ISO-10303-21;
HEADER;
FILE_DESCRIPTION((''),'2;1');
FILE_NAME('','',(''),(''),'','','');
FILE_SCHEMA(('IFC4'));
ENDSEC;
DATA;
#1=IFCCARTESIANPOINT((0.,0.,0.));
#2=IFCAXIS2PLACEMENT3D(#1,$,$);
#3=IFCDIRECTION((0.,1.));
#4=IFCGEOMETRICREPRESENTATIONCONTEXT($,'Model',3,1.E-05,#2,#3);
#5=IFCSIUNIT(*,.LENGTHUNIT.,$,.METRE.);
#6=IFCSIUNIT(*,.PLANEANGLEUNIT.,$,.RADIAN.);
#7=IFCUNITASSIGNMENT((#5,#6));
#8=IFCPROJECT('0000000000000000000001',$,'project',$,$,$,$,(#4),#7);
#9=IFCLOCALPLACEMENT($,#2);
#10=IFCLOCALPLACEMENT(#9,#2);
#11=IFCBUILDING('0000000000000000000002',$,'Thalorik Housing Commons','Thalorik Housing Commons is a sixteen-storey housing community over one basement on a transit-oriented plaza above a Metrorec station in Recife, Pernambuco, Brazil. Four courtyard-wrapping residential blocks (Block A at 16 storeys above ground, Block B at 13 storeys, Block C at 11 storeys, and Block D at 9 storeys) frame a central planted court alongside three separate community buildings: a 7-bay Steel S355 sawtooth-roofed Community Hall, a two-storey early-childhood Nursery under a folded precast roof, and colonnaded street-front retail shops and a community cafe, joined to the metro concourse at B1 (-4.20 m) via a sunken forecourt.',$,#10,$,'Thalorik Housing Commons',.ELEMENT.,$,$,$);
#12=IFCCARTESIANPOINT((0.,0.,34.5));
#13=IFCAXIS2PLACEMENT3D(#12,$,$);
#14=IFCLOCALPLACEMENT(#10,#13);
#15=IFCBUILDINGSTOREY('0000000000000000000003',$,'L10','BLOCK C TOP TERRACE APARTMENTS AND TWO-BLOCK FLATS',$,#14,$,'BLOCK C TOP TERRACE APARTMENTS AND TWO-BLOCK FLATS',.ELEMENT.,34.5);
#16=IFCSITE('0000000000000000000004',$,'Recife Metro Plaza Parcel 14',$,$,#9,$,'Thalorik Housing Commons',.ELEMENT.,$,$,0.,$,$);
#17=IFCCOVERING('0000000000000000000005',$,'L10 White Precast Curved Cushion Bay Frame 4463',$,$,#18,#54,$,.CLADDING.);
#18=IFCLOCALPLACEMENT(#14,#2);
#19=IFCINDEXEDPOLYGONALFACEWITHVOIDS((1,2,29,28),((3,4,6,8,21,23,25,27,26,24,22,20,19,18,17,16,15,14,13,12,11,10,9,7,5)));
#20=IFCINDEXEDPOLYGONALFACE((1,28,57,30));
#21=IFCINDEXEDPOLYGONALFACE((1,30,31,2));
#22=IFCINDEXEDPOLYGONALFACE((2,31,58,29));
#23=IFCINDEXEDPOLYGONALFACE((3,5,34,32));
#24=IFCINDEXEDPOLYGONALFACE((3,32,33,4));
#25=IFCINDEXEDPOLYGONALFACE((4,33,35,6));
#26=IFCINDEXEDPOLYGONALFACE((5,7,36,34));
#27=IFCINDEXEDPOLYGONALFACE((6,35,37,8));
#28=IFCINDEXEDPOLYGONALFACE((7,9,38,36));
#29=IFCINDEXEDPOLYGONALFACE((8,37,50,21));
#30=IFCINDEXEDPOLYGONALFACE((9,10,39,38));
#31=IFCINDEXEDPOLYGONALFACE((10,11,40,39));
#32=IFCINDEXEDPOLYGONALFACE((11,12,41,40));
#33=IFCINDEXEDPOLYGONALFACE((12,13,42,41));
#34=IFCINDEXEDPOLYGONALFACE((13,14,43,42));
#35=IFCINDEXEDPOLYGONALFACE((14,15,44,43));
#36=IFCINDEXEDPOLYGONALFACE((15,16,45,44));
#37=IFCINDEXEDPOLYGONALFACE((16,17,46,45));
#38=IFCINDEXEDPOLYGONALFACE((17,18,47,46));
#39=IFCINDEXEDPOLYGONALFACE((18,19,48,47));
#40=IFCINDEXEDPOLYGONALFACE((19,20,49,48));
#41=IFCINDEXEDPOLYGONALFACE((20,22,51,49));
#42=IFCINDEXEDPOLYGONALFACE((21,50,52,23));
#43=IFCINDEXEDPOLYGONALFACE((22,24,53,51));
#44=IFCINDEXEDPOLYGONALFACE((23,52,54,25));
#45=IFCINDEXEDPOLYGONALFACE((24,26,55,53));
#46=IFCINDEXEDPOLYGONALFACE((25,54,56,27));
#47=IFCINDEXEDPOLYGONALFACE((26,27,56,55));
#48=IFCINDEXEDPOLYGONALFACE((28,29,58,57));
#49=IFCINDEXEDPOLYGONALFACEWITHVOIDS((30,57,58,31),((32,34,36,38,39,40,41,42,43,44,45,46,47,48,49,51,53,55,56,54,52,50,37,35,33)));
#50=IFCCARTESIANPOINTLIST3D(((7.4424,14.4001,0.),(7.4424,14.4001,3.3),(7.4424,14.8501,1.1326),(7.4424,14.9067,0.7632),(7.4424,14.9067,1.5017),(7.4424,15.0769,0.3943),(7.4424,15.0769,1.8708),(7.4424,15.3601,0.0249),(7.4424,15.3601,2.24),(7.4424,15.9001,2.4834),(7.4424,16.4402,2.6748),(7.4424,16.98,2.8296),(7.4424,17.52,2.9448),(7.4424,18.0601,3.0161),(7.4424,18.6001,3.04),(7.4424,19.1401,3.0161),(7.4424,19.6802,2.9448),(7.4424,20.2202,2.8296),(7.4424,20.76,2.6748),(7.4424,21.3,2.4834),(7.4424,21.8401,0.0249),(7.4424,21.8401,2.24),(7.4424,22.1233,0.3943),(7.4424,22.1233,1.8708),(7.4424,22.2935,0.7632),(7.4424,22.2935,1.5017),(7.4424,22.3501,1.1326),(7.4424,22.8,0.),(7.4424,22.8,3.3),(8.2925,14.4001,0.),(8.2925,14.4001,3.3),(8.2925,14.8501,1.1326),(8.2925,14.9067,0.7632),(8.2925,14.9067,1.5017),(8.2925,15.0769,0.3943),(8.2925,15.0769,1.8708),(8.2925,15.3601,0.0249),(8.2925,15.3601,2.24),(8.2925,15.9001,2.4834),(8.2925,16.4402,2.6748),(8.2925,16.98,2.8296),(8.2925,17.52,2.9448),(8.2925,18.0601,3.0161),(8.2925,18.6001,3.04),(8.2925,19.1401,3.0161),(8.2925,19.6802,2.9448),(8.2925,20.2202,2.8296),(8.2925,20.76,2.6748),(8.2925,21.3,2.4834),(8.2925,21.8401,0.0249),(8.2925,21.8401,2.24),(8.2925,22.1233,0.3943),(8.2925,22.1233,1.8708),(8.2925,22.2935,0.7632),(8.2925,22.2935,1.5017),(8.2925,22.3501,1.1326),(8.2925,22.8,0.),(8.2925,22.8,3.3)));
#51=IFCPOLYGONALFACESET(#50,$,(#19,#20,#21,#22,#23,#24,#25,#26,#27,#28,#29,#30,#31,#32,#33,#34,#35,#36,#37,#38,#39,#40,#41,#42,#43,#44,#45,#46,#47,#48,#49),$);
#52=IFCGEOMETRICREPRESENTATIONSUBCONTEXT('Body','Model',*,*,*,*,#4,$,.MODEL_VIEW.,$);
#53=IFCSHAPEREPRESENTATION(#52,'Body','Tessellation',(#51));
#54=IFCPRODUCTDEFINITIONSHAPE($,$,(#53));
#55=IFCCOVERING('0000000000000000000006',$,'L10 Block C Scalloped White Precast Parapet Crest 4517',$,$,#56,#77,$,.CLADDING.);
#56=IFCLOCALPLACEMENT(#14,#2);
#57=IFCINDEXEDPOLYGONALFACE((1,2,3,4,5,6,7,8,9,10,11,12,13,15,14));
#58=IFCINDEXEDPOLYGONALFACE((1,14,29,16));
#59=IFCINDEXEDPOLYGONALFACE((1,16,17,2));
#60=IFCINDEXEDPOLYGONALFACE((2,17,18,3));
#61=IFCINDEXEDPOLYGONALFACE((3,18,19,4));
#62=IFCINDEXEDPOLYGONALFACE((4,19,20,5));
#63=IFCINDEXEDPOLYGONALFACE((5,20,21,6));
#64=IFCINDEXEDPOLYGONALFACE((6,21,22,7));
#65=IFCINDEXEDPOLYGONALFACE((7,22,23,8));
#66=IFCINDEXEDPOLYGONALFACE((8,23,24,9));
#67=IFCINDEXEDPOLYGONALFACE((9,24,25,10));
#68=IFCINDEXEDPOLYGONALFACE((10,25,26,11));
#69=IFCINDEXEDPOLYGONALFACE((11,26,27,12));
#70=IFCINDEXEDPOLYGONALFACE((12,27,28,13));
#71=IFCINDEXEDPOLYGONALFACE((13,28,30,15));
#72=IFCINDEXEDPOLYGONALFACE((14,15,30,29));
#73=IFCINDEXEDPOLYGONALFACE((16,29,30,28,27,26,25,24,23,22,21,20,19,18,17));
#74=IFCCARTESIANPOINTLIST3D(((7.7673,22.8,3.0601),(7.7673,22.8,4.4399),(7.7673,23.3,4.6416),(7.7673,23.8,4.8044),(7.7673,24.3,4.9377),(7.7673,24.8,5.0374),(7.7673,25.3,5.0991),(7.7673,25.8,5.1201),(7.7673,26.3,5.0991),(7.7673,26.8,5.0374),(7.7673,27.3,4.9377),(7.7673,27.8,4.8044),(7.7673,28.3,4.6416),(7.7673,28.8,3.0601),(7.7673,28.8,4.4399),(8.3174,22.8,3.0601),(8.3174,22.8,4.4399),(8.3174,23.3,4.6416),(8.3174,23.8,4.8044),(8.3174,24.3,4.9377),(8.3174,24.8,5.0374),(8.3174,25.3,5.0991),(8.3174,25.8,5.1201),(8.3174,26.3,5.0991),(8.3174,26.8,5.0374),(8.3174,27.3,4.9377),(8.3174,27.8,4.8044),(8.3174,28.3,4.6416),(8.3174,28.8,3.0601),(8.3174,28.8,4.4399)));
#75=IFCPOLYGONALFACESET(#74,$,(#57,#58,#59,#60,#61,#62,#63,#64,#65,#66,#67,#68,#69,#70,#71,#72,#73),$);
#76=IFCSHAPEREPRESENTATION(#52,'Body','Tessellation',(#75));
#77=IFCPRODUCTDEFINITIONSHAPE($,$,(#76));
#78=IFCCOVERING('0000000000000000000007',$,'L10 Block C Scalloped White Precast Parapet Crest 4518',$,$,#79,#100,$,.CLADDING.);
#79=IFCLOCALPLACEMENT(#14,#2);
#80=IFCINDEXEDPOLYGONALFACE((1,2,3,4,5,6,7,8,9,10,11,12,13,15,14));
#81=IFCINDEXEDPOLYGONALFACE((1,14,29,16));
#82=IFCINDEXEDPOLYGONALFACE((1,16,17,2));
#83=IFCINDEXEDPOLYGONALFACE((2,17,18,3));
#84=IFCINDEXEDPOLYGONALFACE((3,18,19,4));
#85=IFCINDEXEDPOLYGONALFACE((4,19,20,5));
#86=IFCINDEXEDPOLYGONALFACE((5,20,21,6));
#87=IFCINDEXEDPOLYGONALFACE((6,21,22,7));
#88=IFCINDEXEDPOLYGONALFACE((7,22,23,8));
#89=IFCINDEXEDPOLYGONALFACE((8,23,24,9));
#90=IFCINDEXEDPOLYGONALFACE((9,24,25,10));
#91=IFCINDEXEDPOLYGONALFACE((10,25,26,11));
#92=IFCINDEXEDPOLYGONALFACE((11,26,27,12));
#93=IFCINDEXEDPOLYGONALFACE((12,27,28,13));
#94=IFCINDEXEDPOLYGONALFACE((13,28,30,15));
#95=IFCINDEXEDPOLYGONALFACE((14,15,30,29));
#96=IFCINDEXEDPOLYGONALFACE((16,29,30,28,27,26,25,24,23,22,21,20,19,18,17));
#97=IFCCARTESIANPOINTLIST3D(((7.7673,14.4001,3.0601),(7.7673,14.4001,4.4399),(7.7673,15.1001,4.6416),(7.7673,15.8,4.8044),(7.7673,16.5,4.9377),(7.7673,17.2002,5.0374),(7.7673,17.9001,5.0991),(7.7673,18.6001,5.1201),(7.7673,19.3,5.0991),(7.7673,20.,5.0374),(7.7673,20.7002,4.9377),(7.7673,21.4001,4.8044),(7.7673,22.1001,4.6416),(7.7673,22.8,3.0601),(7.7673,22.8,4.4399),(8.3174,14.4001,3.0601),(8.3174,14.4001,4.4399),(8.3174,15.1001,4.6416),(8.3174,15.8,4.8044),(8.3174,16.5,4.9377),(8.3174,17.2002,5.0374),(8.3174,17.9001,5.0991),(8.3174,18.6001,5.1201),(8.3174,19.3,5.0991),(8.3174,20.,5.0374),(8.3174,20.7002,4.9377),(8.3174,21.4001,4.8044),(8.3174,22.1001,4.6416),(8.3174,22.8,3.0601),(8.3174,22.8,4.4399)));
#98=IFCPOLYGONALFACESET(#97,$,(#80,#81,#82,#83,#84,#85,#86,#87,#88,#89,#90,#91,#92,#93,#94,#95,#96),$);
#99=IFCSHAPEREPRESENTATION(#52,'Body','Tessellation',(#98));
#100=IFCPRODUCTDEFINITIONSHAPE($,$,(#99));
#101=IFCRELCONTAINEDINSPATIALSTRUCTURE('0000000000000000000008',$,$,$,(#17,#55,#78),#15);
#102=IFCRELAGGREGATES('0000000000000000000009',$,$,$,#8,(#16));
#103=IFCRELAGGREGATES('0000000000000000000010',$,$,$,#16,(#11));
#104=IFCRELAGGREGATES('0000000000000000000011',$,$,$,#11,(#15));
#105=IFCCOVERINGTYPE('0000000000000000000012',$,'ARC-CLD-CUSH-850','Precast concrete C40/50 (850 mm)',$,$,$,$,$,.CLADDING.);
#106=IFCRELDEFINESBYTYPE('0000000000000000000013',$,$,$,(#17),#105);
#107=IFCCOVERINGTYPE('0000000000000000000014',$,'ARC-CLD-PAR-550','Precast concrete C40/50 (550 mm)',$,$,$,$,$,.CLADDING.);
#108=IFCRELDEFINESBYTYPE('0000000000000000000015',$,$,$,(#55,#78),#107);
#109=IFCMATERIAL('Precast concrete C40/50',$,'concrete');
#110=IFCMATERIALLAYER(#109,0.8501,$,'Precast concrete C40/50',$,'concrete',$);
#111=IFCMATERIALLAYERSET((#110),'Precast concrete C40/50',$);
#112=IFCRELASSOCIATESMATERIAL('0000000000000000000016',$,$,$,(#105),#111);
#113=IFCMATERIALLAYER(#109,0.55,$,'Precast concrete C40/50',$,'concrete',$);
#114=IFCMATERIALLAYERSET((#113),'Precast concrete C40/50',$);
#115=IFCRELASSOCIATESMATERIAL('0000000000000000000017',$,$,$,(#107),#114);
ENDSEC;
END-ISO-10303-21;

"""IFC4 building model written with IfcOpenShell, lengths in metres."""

from ifc_helpers import new_model, si_unit, direction, frame, origin, place, context, subcontext, project, spatial, polyline, outline, extrude, material, layer, layer_set, type_object, element, save


model = new_model("IFC4")

# Units and contexts
model_context = context("Model", 3, precision=1e-05, world=origin(), true_north=direction((0.0, 1.0)))
body_context = subcontext(model_context, "Body", "Model", "MODEL_VIEW")
ifc_project = project(units=[si_unit("LENGTHUNIT", "METRE"), si_unit("PLANEANGLEUNIT", "RADIAN")], contexts=[model_context])

# Site, building, storey
site_placement = place(None, origin())
site = spatial("IfcSite", under=ifc_project, at=site_placement, Name="Recife Metro Plaza Parcel 14", LongName="Thalorik Housing Commons", CompositionType="ELEMENT", RefElevation=0.0)
building_placement = place(site_placement, origin())
building = spatial("IfcBuilding", under=site, at=building_placement, Name="Thalorik Housing Commons", Description="Thalorik Housing Commons is a sixteen-storey housing community over one basement on a transit-oriented plaza above a Metrorec station in Recife, Pernambuco, Brazil. Four courtyard-wrapping residential blocks (Block A at 16 storeys above ground, Block B at 13 storeys, Block C at 11 storeys, and Block D at 9 storeys) frame a central planted court alongside three separate community buildings: a 7-bay Steel S355 sawtooth-roofed Community Hall, a two-storey early-childhood Nursery under a folded precast roof, and colonnaded street-front retail shops and a community cafe, joined to the metro concourse at B1 (-4.20 m) via a sunken forecourt.", LongName="Thalorik Housing Commons", CompositionType="ELEMENT")
storey_placement = place(building_placement, frame((0.0, 0.0, 34.5)))
storey = spatial("IfcBuildingStorey", under=building, at=storey_placement, Name="L10", Description="BLOCK C TOP TERRACE APARTMENTS AND TWO-BLOCK FLATS", LongName="BLOCK C TOP TERRACE APARTMENTS AND TWO-BLOCK FLATS", CompositionType="ELEMENT", Elevation=34.5)

# Shared definitions
ifc_material_1 = material(Name="Precast concrete C40/50", Category="concrete")

# Coverings
ifc_layer_1 = layer(ifc_material_1, 0.8501, Name="Precast concrete C40/50", Category="concrete")
ifc_layer_set_1 = layer_set([ifc_layer_1], Name="Precast concrete C40/50")
covering_type_1 = type_object("IfcCoveringType", Name="ARC-CLD-CUSH-850", Description="Precast concrete C40/50 (850 mm)", PredefinedType="CLADDING", material=ifc_layer_set_1)
covering_1_placement = place(storey_placement, frame((7.8674, 18.6001, 0.0), z_axis=(0.0, 0.0, 1.0), x_axis=(0.0, -1.0, 0.0)))
element("IfcCovering", 1, at=covering_1_placement, inside=storey, type_object=covering_type_1, Name="L10 White Precast Curved Cushion Bay Frame 4463", PredefinedType="CLADDING", context=body_context, shape_type="SweptSolid", body=[
    extrude(outline(polyline([(-4.2, 0.0), (4.2, 0.0), (4.2, 3.3), (-4.2, 3.3), (-4.2, 0.0)]), holes=[polyline([(3.24, 0.0249), (3.5232, 0.3943), (3.6934, 0.7632), (3.75, 1.1326), (3.6934, 1.5017), (3.5232, 1.8708), (3.24, 2.24), (2.7, 2.4834), (2.1599, 2.6748), (1.6201, 2.8296), (1.0801, 2.9448), (0.54, 3.0161), (0.0, 3.04), (-0.54, 3.0161), (-1.0801, 2.9448), (-1.6201, 2.8296), (-2.1599, 2.6748), (-2.7, 2.4834), (-3.24, 2.24), (-3.5232, 1.8708), (-3.6934, 1.5017), (-3.75, 1.1326), (-3.6934, 0.7632), (-3.5232, 0.3943), (-3.24, 0.0249), (3.24, 0.0249)])]), frame((0.0, 0.425, 0.0), z_axis=(0.0, -1.0, 0.0), x_axis=(1.0, 0.0, 0.0)), (0.0, 0.0, 1.0), 0.8501),
])
ifc_layer_2 = layer(ifc_material_1, 0.55, Name="Precast concrete C40/50", Category="concrete")
ifc_layer_set_2 = layer_set([ifc_layer_2], Name="Precast concrete C40/50")
covering_type_2 = type_object("IfcCoveringType", Name="ARC-CLD-PAR-550", Description="Precast concrete C40/50 (550 mm)", PredefinedType="CLADDING", material=ifc_layer_set_2)
covering_2_placement = place(storey_placement, frame((8.0425, 25.8, 3.0601), z_axis=(0.0, 0.0, 1.0), x_axis=(0.0, -1.0, 0.0)))
element("IfcCovering", 2, at=covering_2_placement, inside=storey, type_object=covering_type_2, Name="L10 Block C Scalloped White Precast Parapet Crest 4517", PredefinedType="CLADDING", context=body_context, shape_type="SweptSolid", body=[
    extrude(outline(polyline([(-3.0, 0.0), (3.0, 0.0), (3.0, 1.3799), (2.5, 1.5815), (2.0, 1.7444), (1.5, 1.8777), (1.0, 1.9773), (0.5, 2.0391), (0.0, 2.0601), (-0.5, 2.0391), (-1.0, 1.9773), (-1.5, 1.8777), (-2.0, 1.7444), (-2.5, 1.5815), (-3.0, 1.3799), (-3.0, 0.0)])), frame((0.0, 0.2749, 0.0), z_axis=(0.0, -1.0, 0.0), x_axis=(1.0, 0.0, 0.0)), (0.0, 0.0, 1.0), 0.55),
])
covering_3_placement = place(storey_placement, frame((8.0425, 18.6001, 3.0601), z_axis=(0.0, 0.0, 1.0), x_axis=(0.0, -1.0, 0.0)))
element("IfcCovering", 3, at=covering_3_placement, inside=storey, type_object=covering_type_2, Name="L10 Block C Scalloped White Precast Parapet Crest 4518", PredefinedType="CLADDING", context=body_context, shape_type="SweptSolid", body=[
    extrude(outline(polyline([(-4.2, 0.0), (4.2, 0.0), (4.2, 1.3799), (3.5, 1.5815), (2.8, 1.7444), (2.1001, 1.8777), (1.3999, 1.9773), (0.7, 2.0391), (0.0, 2.0601), (-0.7, 2.0391), (-1.3999, 1.9773), (-2.1001, 1.8777), (-2.8, 1.7444), (-3.5, 1.5815), (-4.2, 1.3799), (-4.2, 0.0)])), frame((0.0, 0.2749, 0.0), z_axis=(0.0, -1.0, 0.0), x_axis=(1.0, 0.0, 0.0)), (0.0, 0.0, 1.0), 0.55),
])

save(model, "model.ifc")
